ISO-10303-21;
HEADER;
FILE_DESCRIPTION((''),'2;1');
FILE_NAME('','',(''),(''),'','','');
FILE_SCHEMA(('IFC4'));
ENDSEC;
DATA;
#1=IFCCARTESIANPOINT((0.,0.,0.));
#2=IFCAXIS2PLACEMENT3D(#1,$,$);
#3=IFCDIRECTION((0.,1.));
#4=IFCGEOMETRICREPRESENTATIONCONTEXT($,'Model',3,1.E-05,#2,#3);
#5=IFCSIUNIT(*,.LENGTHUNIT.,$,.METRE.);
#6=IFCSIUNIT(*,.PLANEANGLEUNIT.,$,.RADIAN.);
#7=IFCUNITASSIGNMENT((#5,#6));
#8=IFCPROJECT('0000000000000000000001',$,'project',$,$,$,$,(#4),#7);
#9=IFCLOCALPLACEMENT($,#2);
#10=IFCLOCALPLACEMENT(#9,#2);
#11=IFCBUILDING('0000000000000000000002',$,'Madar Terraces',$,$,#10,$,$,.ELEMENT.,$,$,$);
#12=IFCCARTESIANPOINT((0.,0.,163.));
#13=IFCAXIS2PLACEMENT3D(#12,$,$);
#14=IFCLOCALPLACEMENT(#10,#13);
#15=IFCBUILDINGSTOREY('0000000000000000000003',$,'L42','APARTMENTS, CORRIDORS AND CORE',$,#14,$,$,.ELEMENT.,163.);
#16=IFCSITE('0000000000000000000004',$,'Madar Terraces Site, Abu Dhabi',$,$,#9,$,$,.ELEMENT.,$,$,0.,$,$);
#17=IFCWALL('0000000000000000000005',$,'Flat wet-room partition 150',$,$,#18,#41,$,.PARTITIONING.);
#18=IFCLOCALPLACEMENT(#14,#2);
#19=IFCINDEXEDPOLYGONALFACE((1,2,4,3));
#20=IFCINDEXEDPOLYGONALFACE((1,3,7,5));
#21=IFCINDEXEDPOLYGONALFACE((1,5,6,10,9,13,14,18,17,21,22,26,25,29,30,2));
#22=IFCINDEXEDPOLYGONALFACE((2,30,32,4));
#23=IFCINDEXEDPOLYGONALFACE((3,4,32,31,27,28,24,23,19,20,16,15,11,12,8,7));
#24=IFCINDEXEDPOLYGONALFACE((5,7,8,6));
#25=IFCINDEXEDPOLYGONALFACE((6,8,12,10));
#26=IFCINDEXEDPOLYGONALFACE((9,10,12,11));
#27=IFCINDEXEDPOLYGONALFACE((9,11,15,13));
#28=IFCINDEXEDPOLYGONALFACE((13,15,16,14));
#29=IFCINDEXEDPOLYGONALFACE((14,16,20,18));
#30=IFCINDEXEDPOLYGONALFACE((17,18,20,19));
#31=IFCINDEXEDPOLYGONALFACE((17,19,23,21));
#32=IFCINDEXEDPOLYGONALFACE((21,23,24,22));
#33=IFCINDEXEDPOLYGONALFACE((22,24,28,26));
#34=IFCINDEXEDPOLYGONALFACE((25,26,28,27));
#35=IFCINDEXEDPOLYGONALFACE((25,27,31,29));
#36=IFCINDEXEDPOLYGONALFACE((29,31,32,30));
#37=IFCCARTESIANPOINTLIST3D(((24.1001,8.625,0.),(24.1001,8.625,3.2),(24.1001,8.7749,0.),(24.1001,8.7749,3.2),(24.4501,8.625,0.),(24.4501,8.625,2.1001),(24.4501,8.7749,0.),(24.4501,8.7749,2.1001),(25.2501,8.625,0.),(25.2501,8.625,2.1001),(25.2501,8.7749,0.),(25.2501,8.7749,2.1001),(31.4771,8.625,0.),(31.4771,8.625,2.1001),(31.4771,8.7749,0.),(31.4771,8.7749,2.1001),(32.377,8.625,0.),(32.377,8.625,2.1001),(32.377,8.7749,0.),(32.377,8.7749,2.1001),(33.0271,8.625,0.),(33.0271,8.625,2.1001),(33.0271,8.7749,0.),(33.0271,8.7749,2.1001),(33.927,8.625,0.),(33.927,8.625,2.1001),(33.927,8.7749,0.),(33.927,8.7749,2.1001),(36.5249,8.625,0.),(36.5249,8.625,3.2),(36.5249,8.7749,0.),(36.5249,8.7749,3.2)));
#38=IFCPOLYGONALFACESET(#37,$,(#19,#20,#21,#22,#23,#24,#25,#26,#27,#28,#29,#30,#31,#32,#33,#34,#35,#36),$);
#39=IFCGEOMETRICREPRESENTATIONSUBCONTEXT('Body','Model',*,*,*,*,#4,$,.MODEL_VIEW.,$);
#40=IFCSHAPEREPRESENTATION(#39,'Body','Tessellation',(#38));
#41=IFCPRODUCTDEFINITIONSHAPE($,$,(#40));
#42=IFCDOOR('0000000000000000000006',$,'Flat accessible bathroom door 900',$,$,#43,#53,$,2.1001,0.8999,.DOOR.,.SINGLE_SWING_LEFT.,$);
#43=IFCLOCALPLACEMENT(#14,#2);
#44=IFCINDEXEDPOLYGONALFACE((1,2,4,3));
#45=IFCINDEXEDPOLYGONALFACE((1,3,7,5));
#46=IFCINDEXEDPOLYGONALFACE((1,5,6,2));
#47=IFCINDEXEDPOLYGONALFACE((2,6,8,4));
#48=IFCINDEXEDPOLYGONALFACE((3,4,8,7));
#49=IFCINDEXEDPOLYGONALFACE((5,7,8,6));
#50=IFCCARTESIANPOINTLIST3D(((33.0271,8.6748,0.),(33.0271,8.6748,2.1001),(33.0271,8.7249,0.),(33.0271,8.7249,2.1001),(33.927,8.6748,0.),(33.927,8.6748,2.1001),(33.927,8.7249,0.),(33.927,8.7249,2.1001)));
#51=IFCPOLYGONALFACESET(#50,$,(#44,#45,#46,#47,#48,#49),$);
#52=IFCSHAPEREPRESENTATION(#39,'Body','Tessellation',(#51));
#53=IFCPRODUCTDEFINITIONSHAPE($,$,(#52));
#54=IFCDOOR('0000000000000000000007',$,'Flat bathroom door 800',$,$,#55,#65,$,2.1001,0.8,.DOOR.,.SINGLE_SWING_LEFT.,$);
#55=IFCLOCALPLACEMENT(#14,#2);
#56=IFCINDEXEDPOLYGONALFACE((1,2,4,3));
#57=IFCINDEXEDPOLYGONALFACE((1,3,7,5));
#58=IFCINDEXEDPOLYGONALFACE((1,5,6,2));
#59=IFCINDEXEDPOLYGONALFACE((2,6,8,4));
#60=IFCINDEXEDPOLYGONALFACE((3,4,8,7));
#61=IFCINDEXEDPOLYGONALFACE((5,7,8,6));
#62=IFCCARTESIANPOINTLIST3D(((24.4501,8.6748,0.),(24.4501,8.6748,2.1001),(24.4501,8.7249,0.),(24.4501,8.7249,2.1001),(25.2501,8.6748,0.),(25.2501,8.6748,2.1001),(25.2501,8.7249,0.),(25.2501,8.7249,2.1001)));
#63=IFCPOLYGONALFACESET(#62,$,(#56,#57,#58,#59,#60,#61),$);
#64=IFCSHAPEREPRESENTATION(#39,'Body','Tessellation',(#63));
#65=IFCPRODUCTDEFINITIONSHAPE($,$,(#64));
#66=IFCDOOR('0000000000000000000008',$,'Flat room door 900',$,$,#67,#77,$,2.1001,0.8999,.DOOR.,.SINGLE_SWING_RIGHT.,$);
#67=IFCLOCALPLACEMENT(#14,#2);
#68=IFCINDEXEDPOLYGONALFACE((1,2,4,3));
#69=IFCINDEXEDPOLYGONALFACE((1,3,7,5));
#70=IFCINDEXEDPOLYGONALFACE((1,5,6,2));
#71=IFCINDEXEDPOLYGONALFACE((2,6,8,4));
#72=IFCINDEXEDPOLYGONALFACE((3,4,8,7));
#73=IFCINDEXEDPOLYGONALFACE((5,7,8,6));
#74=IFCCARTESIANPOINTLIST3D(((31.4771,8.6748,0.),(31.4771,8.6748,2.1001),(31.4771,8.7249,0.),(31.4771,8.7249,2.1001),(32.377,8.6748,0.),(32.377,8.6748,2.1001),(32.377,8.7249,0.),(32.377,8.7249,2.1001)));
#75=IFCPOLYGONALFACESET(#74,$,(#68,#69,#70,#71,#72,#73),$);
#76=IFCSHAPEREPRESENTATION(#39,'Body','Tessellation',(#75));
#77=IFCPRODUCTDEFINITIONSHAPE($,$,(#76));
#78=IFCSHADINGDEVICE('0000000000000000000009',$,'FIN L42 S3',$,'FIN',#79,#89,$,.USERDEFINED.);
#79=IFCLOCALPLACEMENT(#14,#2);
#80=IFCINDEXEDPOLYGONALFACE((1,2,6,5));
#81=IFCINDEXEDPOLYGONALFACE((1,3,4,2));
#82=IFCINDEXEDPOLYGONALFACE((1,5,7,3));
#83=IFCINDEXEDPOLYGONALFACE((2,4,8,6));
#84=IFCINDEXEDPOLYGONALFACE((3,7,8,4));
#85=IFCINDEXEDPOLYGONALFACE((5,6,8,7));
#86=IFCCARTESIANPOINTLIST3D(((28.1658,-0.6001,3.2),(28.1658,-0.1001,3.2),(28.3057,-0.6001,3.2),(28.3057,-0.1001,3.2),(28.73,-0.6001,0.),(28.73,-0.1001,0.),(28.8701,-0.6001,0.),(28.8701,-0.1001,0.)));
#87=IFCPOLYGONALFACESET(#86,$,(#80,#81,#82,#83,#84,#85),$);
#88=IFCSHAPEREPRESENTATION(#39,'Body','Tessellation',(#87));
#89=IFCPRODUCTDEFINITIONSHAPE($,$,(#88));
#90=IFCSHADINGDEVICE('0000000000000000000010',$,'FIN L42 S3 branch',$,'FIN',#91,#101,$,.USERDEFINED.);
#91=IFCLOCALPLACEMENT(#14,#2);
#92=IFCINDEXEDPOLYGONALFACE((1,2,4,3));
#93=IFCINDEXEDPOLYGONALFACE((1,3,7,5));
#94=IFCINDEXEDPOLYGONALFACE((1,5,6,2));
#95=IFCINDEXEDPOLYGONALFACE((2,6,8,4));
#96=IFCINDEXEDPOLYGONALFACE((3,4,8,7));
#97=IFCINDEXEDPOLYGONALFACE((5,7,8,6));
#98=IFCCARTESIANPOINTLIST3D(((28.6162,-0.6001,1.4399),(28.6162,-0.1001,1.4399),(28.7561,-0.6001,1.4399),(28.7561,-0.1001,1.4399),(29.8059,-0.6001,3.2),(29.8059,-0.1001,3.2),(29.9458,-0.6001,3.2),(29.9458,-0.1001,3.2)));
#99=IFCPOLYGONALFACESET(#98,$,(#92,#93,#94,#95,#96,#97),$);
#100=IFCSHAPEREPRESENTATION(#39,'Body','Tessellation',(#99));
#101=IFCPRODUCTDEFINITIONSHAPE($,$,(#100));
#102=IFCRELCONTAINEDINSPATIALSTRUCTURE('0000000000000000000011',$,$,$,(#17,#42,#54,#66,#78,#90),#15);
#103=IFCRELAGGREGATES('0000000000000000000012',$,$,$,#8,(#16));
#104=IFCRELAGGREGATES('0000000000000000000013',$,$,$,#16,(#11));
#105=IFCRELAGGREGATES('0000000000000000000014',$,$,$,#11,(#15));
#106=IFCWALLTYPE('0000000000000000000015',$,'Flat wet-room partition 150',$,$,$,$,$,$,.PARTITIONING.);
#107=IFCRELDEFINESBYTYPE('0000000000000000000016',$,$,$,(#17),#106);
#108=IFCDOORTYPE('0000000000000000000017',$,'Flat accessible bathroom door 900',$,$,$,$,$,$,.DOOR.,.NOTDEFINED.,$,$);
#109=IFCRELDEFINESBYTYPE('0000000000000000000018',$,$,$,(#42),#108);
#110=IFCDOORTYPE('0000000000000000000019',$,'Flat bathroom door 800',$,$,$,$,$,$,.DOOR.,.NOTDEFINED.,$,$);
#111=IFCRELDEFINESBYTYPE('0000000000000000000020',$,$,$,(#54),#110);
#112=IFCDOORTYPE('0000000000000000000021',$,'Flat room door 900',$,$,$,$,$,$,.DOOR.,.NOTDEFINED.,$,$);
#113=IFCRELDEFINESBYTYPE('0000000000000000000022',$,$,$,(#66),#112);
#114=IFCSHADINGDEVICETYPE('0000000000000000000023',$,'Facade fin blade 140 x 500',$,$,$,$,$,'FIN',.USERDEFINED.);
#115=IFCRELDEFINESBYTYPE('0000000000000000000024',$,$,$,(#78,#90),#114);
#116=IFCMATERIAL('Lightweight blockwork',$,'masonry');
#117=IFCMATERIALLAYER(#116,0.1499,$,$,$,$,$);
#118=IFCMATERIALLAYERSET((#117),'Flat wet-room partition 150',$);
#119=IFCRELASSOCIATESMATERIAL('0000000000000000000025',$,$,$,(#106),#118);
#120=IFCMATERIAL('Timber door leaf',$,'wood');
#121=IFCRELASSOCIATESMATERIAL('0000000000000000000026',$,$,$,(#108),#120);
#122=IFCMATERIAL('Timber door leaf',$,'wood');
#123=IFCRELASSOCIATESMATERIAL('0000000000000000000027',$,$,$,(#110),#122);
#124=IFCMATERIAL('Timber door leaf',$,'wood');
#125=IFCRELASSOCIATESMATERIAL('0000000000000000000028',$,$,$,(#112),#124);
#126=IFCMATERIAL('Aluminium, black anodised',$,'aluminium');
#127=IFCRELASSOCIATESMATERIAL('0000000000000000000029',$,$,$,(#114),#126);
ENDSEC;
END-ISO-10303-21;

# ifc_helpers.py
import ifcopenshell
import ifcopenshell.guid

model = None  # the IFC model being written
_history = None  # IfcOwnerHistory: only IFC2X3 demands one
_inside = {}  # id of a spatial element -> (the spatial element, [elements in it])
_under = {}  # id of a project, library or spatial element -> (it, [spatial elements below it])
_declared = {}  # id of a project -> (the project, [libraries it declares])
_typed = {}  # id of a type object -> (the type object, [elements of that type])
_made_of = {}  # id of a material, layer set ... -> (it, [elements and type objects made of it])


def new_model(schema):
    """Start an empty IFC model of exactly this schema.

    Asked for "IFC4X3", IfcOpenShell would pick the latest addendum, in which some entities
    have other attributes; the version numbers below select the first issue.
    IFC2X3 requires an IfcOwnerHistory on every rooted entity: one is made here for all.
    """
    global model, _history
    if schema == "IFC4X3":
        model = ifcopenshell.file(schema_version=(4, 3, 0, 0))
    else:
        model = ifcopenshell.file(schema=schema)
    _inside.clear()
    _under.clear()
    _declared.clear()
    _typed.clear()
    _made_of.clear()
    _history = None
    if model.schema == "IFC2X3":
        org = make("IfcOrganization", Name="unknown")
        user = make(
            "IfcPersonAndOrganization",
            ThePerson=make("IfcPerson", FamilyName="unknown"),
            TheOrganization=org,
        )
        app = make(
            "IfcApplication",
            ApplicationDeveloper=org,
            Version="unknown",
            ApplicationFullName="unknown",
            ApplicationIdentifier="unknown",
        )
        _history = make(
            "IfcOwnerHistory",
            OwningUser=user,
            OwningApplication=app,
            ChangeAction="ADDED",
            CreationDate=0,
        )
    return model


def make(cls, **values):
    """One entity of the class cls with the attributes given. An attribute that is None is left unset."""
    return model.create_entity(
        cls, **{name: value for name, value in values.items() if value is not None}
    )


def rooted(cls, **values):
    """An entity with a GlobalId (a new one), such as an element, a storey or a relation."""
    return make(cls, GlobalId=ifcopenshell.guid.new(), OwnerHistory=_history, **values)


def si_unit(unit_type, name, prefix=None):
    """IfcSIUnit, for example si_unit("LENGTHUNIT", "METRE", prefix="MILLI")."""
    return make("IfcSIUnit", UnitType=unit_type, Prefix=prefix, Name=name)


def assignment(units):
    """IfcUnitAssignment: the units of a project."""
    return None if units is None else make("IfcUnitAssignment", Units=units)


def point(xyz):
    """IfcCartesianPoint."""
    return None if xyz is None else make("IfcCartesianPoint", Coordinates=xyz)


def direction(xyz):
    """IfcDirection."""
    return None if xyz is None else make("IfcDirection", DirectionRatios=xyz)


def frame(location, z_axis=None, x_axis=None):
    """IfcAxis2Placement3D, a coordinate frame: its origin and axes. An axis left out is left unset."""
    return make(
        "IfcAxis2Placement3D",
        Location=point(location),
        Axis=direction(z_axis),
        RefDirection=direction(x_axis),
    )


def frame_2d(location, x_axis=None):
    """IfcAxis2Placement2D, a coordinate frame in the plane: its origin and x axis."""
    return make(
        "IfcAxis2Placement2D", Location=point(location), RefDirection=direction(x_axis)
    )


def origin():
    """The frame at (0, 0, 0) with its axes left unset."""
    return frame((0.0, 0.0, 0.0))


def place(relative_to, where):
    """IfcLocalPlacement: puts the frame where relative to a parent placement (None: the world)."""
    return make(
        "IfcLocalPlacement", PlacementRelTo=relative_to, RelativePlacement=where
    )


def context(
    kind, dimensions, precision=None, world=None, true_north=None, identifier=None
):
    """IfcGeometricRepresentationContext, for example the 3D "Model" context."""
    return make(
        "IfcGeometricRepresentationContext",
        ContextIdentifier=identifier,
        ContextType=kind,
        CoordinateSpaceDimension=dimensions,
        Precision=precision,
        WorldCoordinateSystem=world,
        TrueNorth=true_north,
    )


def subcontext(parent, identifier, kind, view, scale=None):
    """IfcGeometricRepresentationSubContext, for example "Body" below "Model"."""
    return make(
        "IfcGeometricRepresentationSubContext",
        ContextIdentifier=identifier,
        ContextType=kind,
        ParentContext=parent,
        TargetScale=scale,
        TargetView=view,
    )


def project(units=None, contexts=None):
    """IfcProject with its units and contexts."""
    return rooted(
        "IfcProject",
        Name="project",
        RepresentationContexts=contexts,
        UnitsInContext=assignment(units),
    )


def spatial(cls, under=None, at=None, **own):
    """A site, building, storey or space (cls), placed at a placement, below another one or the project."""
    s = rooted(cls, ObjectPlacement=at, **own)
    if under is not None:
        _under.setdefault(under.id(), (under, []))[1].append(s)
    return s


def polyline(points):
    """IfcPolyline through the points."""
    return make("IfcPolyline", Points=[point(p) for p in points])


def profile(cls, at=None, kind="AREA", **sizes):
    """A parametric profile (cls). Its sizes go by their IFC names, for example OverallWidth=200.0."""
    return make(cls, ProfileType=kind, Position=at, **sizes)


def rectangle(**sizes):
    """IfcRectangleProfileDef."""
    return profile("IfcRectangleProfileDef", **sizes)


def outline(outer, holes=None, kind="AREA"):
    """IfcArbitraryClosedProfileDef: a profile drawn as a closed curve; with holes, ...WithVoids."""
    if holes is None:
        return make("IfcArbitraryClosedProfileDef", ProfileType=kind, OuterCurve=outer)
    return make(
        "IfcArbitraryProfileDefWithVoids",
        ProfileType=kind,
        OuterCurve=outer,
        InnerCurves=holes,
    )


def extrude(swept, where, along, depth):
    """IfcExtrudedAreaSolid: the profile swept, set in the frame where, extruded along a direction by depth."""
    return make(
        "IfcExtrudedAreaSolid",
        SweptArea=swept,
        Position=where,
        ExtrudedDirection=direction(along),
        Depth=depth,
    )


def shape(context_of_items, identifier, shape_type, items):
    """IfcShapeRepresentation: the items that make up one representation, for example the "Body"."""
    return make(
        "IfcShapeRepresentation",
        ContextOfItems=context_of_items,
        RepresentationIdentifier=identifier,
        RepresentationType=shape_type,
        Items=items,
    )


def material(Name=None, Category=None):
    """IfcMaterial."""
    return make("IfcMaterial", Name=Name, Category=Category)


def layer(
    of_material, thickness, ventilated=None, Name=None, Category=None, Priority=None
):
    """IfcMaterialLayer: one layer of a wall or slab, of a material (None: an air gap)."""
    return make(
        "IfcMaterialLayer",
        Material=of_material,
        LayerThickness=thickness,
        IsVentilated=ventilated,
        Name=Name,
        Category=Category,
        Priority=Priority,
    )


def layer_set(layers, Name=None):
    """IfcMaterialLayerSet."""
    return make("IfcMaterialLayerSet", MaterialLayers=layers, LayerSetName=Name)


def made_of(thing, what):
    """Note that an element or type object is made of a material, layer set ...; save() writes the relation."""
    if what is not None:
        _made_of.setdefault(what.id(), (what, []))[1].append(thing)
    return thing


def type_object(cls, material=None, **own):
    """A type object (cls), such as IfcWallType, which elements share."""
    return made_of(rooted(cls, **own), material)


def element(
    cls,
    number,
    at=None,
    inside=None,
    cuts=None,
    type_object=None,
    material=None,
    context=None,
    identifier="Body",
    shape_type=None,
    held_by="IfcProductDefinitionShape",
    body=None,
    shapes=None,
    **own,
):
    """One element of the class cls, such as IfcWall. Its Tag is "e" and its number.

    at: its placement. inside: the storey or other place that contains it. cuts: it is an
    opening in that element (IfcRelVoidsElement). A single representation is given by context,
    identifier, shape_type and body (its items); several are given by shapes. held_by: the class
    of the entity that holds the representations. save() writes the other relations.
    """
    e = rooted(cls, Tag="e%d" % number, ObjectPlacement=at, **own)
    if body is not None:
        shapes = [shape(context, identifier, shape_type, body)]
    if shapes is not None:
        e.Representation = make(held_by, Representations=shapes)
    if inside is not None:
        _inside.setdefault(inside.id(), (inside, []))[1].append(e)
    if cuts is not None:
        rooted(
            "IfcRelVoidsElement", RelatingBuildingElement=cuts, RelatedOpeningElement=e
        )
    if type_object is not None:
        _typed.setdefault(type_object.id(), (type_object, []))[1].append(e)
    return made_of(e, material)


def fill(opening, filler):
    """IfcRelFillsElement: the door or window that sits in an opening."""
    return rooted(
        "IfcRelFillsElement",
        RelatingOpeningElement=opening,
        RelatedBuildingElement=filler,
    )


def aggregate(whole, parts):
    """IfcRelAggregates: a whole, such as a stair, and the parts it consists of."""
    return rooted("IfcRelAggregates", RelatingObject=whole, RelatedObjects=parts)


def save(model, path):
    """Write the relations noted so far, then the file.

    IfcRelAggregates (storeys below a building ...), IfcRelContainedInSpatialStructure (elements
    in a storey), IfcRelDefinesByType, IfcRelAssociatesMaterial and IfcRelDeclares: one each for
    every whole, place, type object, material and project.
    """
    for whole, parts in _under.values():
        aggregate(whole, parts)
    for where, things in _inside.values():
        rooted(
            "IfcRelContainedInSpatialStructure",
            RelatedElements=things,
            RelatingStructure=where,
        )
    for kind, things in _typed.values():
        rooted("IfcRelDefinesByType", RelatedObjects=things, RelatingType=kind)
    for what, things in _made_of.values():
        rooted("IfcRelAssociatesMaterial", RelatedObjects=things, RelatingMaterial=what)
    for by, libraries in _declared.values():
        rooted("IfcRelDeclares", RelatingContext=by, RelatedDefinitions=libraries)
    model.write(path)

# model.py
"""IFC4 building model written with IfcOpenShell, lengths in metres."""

from ifc_helpers import new_model, si_unit, direction, frame, frame_2d, origin, place, context, subcontext, project, spatial, polyline, rectangle, outline, extrude, material, layer, layer_set, type_object, element, fill, save


model = new_model("IFC4")

# Units and contexts
model_context = context("Model", 3, precision=1e-05, world=origin(), true_north=direction((0.0, 1.0)))
body_context = subcontext(model_context, "Body", "Model", "MODEL_VIEW")
ifc_project = project(units=[si_unit("LENGTHUNIT", "METRE"), si_unit("PLANEANGLEUNIT", "RADIAN")], contexts=[model_context])

# Site, building, storey
site_placement = place(None, origin())
site = spatial("IfcSite", under=ifc_project, at=site_placement, Name="Madar Terraces Site, Abu Dhabi", CompositionType="ELEMENT", RefElevation=0.0)
building_placement = place(site_placement, origin())
building = spatial("IfcBuilding", under=site, at=building_placement, Name="Madar Terraces", CompositionType="ELEMENT")
storey_placement = place(building_placement, frame((0.0, 0.0, 163.0)))
storey = spatial("IfcBuildingStorey", under=building, at=storey_placement, Name="L42", Description="APARTMENTS, CORRIDORS AND CORE", CompositionType="ELEMENT", Elevation=163.0)

# Wall, openings, doors
ifc_material_1 = material(Name="Lightweight blockwork", Category="masonry")
ifc_layer_1 = layer(ifc_material_1, 0.1499)
ifc_layer_set_1 = layer_set([ifc_layer_1], Name="Flat wet-room partition 150")
wall_type_1 = type_object("IfcWallType", Name="Flat wet-room partition 150", PredefinedType="PARTITIONING", material=ifc_layer_set_1)
wall_1_placement = place(storey_placement, frame((24.1001, 8.7, 0.0), z_axis=(0.0, 0.0, 1.0), x_axis=(1.0, 0.0, 0.0)))
wall_1 = element("IfcWall", 1, at=wall_1_placement, inside=storey, type_object=wall_type_1, Name="Flat wet-room partition 150", PredefinedType="PARTITIONING", context=body_context, shape_type="SweptSolid", body=[
    extrude(rectangle(XDim=12.4248, YDim=0.1499, at=frame_2d((6.2124, 0.0))), origin(), (0.0, 0.0, 1.0), 3.2),
])
opening_1_placement = place(wall_1_placement, frame((8.927, 0.0, 0.0)))
opening_1 = element("IfcOpeningElement", 2, at=opening_1_placement, cuts=wall_1, PredefinedType="OPENING", context=body_context, shape_type="SweptSolid", body=[
    extrude(rectangle(XDim=0.8999, YDim=2.1001, at=frame_2d((0.45, 1.05))), frame((0.0, 0.085, 0.0), z_axis=(0.0, -1.0, 0.0), x_axis=(1.0, 0.0, 0.0)), (0.0, 0.0, 1.0), 0.1699),
])
opening_2_placement = place(wall_1_placement, frame((7.377, 0.0, 0.0)))
opening_2 = element("IfcOpeningElement", 3, at=opening_2_placement, cuts=wall_1, PredefinedType="OPENING", context=body_context, shape_type="SweptSolid", body=[
    extrude(rectangle(XDim=0.8999, YDim=2.1001, at=frame_2d((0.45, 1.05))), frame((0.0, 0.085, 0.0), z_axis=(0.0, -1.0, 0.0), x_axis=(1.0, 0.0, 0.0)), (0.0, 0.0, 1.0), 0.1699),
])
opening_3_placement = place(wall_1_placement, frame((0.3501, 0.0, 0.0)))
opening_3 = element("IfcOpeningElement", 4, at=opening_3_placement, cuts=wall_1, PredefinedType="OPENING", context=body_context, shape_type="SweptSolid", body=[
    extrude(rectangle(XDim=0.8, YDim=2.1001, at=frame_2d((0.3999, 1.05))), frame((0.0, 0.085, 0.0), z_axis=(0.0, -1.0, 0.0), x_axis=(1.0, 0.0, 0.0)), (0.0, 0.0, 1.0), 0.1699),
])
ifc_material_2 = material(Name="Timber door leaf", Category="wood")
door_type_1 = type_object("IfcDoorType", Name="Flat accessible bathroom door 900", OperationType="NOTDEFINED", PredefinedType="DOOR", material=ifc_material_2)
door_1_placement = place(opening_1_placement, origin())
door_1 = element("IfcDoor", 5, at=door_1_placement, inside=storey, type_object=door_type_1, Name="Flat accessible bathroom door 900", OperationType="SINGLE_SWING_LEFT", OverallHeight=2.1001, OverallWidth=0.8999, PredefinedType="DOOR", context=body_context, shape_type="SweptSolid", body=[
    extrude(rectangle(XDim=0.8999, YDim=2.1001, at=frame_2d((0.45, 1.05))), frame((0.0, 0.0249, 0.0), z_axis=(0.0, -1.0, 0.0), x_axis=(1.0, 0.0, 0.0)), (0.0, 0.0, 1.0), 0.05),
])
fill(opening_1, door_1)
ifc_material_3 = material(Name="Timber door leaf", Category="wood")
door_type_2 = type_object("IfcDoorType", Name="Flat bathroom door 800", OperationType="NOTDEFINED", PredefinedType="DOOR", material=ifc_material_3)
door_2_placement = place(opening_3_placement, origin())
door_2 = element("IfcDoor", 6, at=door_2_placement, inside=storey, type_object=door_type_2, Name="Flat bathroom door 800", OperationType="SINGLE_SWING_LEFT", OverallHeight=2.1001, OverallWidth=0.8, PredefinedType="DOOR", context=body_context, shape_type="SweptSolid", body=[
    extrude(rectangle(XDim=0.8, YDim=2.1001, at=frame_2d((0.3999, 1.05))), frame((0.0, 0.0249, 0.0), z_axis=(0.0, -1.0, 0.0), x_axis=(1.0, 0.0, 0.0)), (0.0, 0.0, 1.0), 0.05),
])
fill(opening_3, door_2)
ifc_material_4 = material(Name="Timber door leaf", Category="wood")
door_type_3 = type_object("IfcDoorType", Name="Flat room door 900", OperationType="NOTDEFINED", PredefinedType="DOOR", material=ifc_material_4)
door_3_placement = place(opening_2_placement, origin())
door_3 = element("IfcDoor", 7, at=door_3_placement, inside=storey, type_object=door_type_3, Name="Flat room door 900", OperationType="SINGLE_SWING_RIGHT", OverallHeight=2.1001, OverallWidth=0.8999, PredefinedType="DOOR", context=body_context, shape_type="SweptSolid", body=[
    extrude(rectangle(XDim=0.8999, YDim=2.1001, at=frame_2d((0.45, 1.05))), frame((0.0, 0.0249, 0.0), z_axis=(0.0, -1.0, 0.0), x_axis=(1.0, 0.0, 0.0)), (0.0, 0.0, 1.0), 0.05),
])
fill(opening_2, door_3)

# Shading devices
ifc_material_5 = material(Name="Aluminium, black anodised", Category="aluminium")
shading_device_type = type_object("IfcShadingDeviceType", Name="Facade fin blade 140 x 500", ElementType="FIN", PredefinedType="USERDEFINED", material=ifc_material_5)
shading_device_1_placement = place(storey_placement, frame((28.73, -0.3501, 0.0), z_axis=(0.0, 0.0, 1.0), x_axis=(1.0, 0.0, 0.0)))
element("IfcShadingDevice", 8, at=shading_device_1_placement, inside=storey, type_object=shading_device_type, Name="FIN L42 S3", ObjectType="FIN", PredefinedType="USERDEFINED", context=body_context, shape_type="SweptSolid", body=[
    extrude(outline(polyline([(0.0, 0.0), (0.1401, 0.0), (-0.4243, 3.2), (-0.5642, 3.2), (0.0, 0.0)])), frame((0.0, 0.25, 0.0), z_axis=(0.0, -1.0, 0.0), x_axis=(1.0, 0.0, 0.0)), (0.0, 0.0, 1.0), 0.5),
])
shading_device_2_placement = place(storey_placement, frame((28.6162, -0.3501, 1.4399), z_axis=(0.0, 0.0, 1.0), x_axis=(1.0, 0.0, 0.0)))
element("IfcShadingDevice", 9, at=shading_device_2_placement, inside=storey, type_object=shading_device_type, Name="FIN L42 S3 branch", ObjectType="FIN", PredefinedType="USERDEFINED", context=body_context, shape_type="SweptSolid", body=[
    extrude(outline(polyline([(0.0, 0.0), (0.1399, 0.0), (1.3296, 1.76), (1.1897, 1.76), (0.0, 0.0)])), frame((0.0, 0.25, 0.0), z_axis=(0.0, -1.0, 0.0), x_axis=(1.0, 0.0, 0.0)), (0.0, 0.0, 1.0), 0.5),
])

save(model, "model.ifc")
